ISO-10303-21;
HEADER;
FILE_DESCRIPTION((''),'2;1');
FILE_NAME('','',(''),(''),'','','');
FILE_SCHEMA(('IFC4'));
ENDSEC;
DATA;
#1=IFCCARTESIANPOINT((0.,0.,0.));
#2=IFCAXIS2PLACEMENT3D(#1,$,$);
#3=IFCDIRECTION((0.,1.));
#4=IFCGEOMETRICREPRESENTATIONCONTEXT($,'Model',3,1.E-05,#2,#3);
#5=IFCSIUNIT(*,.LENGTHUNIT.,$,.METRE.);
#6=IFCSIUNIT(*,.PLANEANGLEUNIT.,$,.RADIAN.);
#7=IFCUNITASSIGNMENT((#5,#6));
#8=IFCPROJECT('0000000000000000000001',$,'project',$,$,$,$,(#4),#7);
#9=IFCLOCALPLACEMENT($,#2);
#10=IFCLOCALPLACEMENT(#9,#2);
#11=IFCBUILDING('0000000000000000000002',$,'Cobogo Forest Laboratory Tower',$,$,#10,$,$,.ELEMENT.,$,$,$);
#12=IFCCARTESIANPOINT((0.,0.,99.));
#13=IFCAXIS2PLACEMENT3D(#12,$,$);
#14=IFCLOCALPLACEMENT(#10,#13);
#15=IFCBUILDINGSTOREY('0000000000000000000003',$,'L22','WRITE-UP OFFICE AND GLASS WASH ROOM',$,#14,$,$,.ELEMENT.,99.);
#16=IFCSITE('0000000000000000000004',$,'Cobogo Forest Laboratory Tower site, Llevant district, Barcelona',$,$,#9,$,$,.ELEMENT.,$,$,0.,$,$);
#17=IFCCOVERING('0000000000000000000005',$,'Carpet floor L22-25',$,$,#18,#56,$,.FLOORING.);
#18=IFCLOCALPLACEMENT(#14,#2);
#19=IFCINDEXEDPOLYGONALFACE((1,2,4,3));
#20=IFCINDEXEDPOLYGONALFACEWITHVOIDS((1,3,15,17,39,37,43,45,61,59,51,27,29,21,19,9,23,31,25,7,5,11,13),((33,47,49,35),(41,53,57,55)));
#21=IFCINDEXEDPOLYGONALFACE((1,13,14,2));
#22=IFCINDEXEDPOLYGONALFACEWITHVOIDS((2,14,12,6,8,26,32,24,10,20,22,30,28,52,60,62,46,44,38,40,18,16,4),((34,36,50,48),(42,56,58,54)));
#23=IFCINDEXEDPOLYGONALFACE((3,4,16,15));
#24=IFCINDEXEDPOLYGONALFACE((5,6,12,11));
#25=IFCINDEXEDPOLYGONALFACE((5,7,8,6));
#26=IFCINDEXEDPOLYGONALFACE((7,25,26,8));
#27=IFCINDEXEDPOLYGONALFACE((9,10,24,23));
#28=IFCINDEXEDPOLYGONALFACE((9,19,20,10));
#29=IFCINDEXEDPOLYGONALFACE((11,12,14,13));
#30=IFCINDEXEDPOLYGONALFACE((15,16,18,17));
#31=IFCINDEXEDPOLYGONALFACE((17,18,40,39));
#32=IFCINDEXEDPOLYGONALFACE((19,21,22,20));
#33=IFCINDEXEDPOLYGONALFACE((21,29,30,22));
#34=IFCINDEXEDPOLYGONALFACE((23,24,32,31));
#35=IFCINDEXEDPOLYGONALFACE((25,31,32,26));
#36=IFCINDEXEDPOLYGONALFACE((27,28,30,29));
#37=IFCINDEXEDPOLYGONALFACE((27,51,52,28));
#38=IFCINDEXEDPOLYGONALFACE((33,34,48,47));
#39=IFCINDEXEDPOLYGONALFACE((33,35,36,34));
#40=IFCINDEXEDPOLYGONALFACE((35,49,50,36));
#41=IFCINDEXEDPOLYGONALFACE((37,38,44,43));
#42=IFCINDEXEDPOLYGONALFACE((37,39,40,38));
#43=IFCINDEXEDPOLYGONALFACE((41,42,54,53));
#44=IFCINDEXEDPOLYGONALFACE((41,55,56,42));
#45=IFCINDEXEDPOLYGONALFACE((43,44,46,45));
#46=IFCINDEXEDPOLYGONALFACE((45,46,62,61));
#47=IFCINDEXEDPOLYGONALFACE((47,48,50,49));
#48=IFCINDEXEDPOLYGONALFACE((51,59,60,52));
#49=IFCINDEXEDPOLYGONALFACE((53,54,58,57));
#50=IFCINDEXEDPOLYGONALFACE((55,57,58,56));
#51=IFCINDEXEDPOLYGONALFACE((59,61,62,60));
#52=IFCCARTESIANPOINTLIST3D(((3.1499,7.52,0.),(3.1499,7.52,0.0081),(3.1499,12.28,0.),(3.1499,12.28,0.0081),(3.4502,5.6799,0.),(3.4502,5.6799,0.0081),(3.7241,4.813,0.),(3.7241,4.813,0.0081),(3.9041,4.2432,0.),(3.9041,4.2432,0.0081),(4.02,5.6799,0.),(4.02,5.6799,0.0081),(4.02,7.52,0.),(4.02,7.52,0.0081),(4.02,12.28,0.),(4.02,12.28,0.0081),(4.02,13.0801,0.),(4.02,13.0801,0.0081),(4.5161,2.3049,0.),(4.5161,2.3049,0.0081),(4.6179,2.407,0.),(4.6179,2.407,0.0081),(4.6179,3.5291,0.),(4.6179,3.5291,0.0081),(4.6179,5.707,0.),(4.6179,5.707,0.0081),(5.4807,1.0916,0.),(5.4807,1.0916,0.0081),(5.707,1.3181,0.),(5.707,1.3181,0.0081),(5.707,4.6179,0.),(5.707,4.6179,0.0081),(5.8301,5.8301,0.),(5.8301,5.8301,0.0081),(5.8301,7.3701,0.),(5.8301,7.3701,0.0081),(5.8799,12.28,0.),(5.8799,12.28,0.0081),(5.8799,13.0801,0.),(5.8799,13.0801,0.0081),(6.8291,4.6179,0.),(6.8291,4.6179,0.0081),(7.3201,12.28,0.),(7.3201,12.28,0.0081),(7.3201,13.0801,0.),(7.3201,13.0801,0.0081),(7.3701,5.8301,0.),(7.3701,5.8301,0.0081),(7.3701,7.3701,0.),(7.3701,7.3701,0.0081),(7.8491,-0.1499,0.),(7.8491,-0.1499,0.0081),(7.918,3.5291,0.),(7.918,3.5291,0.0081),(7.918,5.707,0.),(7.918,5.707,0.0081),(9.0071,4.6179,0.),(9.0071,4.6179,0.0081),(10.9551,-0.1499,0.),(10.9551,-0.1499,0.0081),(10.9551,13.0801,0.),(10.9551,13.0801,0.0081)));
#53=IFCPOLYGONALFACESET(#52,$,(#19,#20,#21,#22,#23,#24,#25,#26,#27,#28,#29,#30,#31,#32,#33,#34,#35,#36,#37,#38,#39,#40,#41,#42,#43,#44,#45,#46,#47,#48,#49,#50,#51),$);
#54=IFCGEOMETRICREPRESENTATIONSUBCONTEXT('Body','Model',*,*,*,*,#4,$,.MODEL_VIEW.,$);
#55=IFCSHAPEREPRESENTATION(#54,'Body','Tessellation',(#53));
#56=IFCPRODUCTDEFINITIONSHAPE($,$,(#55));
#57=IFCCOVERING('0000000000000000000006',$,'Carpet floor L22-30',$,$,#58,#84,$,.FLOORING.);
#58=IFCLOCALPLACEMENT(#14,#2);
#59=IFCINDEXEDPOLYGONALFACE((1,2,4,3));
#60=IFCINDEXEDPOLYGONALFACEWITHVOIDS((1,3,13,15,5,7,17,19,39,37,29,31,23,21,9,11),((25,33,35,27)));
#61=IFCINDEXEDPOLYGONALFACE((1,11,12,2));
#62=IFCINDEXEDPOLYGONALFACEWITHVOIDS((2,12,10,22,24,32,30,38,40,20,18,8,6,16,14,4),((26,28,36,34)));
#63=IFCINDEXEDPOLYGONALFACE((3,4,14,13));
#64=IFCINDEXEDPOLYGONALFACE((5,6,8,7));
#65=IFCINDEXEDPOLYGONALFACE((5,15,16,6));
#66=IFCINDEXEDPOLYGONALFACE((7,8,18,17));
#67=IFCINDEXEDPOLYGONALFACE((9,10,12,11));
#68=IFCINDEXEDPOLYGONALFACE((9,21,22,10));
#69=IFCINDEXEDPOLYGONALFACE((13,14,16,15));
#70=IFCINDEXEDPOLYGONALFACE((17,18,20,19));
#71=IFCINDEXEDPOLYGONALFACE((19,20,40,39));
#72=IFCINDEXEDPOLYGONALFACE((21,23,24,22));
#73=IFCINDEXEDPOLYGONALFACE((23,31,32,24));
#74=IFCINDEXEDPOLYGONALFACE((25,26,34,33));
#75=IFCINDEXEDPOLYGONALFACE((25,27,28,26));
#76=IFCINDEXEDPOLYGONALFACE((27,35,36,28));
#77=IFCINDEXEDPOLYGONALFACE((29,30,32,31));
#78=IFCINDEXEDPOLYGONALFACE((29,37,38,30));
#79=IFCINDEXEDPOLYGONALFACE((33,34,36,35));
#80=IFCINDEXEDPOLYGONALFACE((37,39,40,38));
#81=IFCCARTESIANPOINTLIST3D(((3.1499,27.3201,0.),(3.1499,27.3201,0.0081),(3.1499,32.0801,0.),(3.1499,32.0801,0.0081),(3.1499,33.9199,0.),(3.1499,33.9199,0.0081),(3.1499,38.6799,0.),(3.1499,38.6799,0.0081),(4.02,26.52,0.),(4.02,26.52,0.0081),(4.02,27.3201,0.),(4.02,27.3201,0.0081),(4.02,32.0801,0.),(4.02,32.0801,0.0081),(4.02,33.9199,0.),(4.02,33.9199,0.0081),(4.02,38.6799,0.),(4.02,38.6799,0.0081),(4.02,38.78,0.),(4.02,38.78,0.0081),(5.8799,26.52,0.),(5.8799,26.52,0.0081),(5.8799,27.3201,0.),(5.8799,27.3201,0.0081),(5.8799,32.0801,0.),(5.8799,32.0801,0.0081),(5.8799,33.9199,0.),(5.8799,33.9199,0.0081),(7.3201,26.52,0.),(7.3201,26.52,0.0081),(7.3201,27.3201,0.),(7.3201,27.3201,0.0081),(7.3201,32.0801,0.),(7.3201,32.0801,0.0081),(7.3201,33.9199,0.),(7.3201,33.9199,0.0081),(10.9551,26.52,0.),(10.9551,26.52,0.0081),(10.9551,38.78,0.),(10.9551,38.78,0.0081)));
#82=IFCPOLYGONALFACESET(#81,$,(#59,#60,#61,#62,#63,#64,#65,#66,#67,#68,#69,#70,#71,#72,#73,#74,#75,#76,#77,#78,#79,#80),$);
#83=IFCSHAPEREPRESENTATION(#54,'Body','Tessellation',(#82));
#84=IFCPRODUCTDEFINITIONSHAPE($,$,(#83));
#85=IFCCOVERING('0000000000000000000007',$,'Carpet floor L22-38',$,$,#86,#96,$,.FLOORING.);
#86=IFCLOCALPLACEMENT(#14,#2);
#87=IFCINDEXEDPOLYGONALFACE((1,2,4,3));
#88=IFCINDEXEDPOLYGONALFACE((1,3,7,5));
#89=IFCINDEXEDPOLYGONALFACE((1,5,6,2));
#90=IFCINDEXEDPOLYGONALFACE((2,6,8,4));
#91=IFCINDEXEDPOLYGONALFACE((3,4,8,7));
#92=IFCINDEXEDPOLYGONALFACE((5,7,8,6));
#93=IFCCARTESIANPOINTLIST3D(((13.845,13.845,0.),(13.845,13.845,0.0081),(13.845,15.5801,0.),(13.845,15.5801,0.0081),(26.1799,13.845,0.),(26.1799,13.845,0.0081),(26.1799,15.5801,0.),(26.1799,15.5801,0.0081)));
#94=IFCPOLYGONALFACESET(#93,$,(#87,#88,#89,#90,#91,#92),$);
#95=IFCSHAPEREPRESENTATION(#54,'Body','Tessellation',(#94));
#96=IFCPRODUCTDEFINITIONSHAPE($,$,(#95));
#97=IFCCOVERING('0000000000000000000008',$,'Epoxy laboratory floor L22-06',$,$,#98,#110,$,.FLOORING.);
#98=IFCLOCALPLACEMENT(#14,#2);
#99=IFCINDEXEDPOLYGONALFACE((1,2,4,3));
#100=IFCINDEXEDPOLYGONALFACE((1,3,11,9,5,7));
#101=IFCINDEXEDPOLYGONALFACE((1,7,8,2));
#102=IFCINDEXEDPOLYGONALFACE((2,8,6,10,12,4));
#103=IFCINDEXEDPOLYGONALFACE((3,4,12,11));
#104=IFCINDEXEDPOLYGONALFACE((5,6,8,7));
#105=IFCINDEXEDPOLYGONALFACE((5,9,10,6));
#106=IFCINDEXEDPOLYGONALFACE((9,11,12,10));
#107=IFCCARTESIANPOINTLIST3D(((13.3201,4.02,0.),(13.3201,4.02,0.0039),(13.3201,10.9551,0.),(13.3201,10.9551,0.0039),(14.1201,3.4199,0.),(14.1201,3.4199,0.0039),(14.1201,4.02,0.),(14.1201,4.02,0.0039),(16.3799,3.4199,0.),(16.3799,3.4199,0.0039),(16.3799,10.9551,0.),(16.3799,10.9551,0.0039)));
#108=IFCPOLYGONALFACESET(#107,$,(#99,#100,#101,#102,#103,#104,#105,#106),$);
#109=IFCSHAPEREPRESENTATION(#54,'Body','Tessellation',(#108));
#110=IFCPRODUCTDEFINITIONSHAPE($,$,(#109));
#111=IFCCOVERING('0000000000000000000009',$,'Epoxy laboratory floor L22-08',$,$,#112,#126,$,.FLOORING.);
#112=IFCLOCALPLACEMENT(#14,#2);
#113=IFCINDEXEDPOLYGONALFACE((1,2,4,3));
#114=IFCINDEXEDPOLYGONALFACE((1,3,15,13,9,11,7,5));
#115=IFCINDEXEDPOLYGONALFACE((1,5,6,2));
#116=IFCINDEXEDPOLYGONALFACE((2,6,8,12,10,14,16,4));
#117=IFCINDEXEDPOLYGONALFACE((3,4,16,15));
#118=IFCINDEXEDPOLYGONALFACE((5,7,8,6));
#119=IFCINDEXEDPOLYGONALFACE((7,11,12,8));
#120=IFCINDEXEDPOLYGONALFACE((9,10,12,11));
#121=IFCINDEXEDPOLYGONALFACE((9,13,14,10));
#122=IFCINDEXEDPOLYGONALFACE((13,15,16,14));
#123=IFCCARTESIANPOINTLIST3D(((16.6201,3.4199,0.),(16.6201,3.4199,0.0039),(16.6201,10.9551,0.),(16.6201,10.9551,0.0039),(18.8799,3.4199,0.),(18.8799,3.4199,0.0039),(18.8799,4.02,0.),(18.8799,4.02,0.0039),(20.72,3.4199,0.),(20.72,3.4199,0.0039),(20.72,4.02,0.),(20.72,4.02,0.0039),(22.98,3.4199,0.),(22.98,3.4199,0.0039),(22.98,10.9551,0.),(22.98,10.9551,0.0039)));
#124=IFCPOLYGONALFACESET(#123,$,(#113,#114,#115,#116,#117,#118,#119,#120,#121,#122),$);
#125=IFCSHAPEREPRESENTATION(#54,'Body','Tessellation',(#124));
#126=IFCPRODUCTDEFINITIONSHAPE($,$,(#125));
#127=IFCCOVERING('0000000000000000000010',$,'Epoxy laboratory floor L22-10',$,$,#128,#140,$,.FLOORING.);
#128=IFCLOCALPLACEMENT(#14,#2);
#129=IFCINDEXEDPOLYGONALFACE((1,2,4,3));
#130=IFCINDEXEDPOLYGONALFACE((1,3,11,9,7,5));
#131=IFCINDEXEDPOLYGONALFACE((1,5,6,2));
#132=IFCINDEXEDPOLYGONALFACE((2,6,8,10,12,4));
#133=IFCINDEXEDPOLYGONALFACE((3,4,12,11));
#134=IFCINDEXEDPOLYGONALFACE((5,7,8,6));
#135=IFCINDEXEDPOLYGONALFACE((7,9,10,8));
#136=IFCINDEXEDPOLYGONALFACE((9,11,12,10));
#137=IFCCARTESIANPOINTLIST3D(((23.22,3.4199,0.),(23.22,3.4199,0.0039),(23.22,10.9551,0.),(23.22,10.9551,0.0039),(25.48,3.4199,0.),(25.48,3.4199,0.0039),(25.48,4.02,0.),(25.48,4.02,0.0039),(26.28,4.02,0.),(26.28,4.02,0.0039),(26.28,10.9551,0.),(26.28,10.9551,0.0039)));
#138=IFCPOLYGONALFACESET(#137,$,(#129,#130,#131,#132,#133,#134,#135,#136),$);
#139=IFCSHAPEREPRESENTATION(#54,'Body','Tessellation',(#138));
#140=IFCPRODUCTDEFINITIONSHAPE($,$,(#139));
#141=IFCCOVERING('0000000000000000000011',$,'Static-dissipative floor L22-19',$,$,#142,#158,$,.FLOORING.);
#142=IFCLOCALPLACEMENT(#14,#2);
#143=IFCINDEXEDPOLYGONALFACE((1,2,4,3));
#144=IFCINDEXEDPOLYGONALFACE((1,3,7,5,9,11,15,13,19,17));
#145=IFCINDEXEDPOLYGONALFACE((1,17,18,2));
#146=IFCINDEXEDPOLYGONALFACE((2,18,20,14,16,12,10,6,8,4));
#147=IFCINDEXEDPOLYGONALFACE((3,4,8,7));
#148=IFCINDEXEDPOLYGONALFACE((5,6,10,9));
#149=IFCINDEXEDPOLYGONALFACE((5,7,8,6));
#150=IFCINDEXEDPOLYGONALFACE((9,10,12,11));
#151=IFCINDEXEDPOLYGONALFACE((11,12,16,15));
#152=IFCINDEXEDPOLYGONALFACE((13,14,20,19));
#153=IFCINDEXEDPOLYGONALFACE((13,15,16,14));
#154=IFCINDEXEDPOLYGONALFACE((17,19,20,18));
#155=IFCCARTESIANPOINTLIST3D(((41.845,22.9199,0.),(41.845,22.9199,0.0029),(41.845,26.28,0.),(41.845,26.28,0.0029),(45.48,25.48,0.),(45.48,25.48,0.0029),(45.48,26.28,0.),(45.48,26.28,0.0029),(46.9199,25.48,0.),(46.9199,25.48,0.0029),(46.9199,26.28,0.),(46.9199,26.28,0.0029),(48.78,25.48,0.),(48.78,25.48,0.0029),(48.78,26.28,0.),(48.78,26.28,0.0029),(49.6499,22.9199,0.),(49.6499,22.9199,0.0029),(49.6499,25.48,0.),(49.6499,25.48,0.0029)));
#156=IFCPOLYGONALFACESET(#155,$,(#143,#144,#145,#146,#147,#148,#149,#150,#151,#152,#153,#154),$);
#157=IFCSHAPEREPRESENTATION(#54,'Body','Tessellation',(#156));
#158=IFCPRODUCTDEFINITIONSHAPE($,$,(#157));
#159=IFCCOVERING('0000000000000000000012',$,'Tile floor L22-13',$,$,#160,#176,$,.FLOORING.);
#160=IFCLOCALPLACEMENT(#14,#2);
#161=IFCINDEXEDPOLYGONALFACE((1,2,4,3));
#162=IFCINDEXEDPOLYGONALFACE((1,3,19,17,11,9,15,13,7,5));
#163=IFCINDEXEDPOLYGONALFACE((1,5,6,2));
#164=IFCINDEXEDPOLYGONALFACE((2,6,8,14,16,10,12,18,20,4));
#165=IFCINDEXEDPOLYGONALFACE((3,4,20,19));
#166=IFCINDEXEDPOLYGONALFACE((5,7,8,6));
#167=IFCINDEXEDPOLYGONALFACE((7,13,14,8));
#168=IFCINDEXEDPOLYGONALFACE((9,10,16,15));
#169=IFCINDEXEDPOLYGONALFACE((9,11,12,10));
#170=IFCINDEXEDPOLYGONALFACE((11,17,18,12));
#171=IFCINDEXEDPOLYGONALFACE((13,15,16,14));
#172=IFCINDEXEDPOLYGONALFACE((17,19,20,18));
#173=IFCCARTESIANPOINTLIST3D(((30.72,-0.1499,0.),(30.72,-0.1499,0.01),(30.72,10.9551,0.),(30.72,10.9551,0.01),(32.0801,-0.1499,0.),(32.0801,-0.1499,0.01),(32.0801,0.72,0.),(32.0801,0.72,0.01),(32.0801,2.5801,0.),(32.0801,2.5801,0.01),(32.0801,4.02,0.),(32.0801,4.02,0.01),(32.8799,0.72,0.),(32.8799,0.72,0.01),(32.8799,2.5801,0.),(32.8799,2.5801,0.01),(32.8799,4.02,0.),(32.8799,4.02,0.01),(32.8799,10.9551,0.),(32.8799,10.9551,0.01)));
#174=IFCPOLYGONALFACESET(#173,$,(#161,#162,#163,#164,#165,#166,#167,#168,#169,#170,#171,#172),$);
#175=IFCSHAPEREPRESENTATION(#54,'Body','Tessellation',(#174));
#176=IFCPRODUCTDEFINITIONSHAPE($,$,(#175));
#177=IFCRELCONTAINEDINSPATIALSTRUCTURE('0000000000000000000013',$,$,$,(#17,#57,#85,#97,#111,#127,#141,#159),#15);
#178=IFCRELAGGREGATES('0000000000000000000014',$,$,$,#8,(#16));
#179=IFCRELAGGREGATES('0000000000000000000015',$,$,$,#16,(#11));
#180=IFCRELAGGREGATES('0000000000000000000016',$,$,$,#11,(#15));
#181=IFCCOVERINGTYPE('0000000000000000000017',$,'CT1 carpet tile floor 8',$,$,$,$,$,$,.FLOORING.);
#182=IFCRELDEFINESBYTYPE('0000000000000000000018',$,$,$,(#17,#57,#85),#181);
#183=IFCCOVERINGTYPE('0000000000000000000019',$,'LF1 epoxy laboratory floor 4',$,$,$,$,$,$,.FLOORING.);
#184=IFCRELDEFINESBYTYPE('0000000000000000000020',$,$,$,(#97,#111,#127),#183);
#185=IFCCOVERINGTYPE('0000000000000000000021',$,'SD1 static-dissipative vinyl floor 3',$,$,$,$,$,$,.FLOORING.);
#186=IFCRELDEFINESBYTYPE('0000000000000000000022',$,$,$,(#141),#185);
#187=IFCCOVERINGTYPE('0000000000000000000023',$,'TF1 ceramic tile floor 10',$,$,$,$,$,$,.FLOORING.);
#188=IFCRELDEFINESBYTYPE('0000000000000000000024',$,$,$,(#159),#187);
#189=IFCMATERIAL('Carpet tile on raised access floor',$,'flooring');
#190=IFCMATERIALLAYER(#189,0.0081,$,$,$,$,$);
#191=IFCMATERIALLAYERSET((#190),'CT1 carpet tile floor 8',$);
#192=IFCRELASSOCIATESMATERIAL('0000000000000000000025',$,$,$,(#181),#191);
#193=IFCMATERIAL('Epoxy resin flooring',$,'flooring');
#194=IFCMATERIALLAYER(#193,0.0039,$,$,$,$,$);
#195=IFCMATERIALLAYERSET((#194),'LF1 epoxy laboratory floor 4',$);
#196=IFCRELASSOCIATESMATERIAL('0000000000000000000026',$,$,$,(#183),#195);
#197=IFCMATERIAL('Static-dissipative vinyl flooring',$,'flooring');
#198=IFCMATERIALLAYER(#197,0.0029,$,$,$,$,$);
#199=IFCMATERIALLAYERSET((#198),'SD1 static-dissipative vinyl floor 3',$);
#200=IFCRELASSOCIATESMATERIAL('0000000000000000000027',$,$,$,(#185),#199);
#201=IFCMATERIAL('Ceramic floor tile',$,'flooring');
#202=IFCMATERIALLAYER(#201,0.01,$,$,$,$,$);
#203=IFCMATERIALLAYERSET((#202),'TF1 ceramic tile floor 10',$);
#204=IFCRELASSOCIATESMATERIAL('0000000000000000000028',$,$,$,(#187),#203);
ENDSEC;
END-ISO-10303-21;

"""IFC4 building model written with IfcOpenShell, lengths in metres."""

from ifc_helpers import new_model, si_unit, direction, frame, origin, place, context, subcontext, project, spatial, polyline, outline, extrude, material, layer, layer_set, type_object, element, save


model = new_model("IFC4")

# Units and contexts
model_context = context("Model", 3, precision=1e-05, world=origin(), true_north=direction((0.0, 1.0)))
body_context = subcontext(model_context, "Body", "Model", "MODEL_VIEW")
ifc_project = project(units=[si_unit("LENGTHUNIT", "METRE"), si_unit("PLANEANGLEUNIT", "RADIAN")], contexts=[model_context])

# Site, building, storey
site_placement = place(None, origin())
site = spatial("IfcSite", under=ifc_project, at=site_placement, Name="Cobogo Forest Laboratory Tower site, Llevant district, Barcelona", CompositionType="ELEMENT", RefElevation=0.0)
building_placement = place(site_placement, origin())
building = spatial("IfcBuilding", under=site, at=building_placement, Name="Cobogo Forest Laboratory Tower", CompositionType="ELEMENT")
storey_placement = place(building_placement, frame((0.0, 0.0, 99.0)))
storey = spatial("IfcBuildingStorey", under=building, at=storey_placement, Name="L22", Description="WRITE-UP OFFICE AND GLASS WASH ROOM", CompositionType="ELEMENT", Elevation=99.0)

# Coverings
ifc_material_1 = material(Name="Carpet tile on raised access floor", Category="flooring")
ifc_layer_1 = layer(ifc_material_1, 0.0081)
ifc_layer_set_1 = layer_set([ifc_layer_1], Name="CT1 carpet tile floor 8")
covering_type_1 = type_object("IfcCoveringType", Name="CT1 carpet tile floor 8", PredefinedType="FLOORING", material=ifc_layer_set_1)
covering_1_placement = place(storey_placement, origin())
element("IfcCovering", 1, at=covering_1_placement, inside=storey, type_object=covering_type_1, Name="Carpet floor L22-25", PredefinedType="FLOORING", context=body_context, shape_type="SweptSolid", body=[
    extrude(outline(polyline([(3.9041, 4.2432), (4.6179, 3.5291), (5.707, 4.6179), (4.6179, 5.707), (3.7241, 4.813), (3.4502, 5.6799), (4.02, 5.6799), (4.02, 7.52), (3.1499, 7.52), (3.1499, 12.28), (4.02, 12.28), (4.02, 13.0801), (5.8799, 13.0801), (5.8799, 12.28), (7.3201, 12.28), (7.3201, 13.0801), (10.9551, 13.0801), (10.9551, -0.1499), (7.8491, -0.1499), (5.4807, 1.0916), (5.707, 1.3181), (4.6179, 2.407), (4.5161, 2.3049), (3.9041, 4.2432)]), holes=[polyline([(6.8291, 4.6179), (7.918, 3.5291), (9.0071, 4.6179), (7.918, 5.707), (6.8291, 4.6179)]), polyline([(5.8301, 7.3701), (5.8301, 5.8301), (7.3701, 5.8301), (7.3701, 7.3701), (5.8301, 7.3701)])]), origin(), (0.0, 0.0, 1.0), 0.0081),
])
covering_2_placement = place(storey_placement, origin())
element("IfcCovering", 2, at=covering_2_placement, inside=storey, type_object=covering_type_1, Name="Carpet floor L22-30", PredefinedType="FLOORING", context=body_context, shape_type="SweptSolid", body=[
    extrude(outline(polyline([(4.02, 38.78), (10.9551, 38.78), (10.9551, 26.52), (7.3201, 26.52), (7.3201, 27.3201), (5.8799, 27.3201), (5.8799, 26.52), (4.02, 26.52), (4.02, 27.3201), (3.1499, 27.3201), (3.1499, 32.0801), (4.02, 32.0801), (4.02, 33.9199), (3.1499, 33.9199), (3.1499, 38.6799), (4.02, 38.6799), (4.02, 38.78)]), holes=[polyline([(5.8799, 32.0801), (7.3201, 32.0801), (7.3201, 33.9199), (5.8799, 33.9199), (5.8799, 32.0801)])]), origin(), (0.0, 0.0, 1.0), 0.0081),
])
covering_3_placement = place(storey_placement, origin())
element("IfcCovering", 3, at=covering_3_placement, inside=storey, type_object=covering_type_1, Name="Carpet floor L22-38", PredefinedType="FLOORING", context=body_context, shape_type="SweptSolid", body=[
    extrude(outline(polyline([(26.1799, 13.845), (13.845, 13.845), (13.845, 15.5801), (26.1799, 15.5801), (26.1799, 13.845)])), origin(), (0.0, 0.0, 1.0), 0.0081),
])
ifc_material_2 = material(Name="Epoxy resin flooring", Category="flooring")
ifc_layer_2 = layer(ifc_material_2, 0.0039)
ifc_layer_set_2 = layer_set([ifc_layer_2], Name="LF1 epoxy laboratory floor 4")
covering_type_2 = type_object("IfcCoveringType", Name="LF1 epoxy laboratory floor 4", PredefinedType="FLOORING", material=ifc_layer_set_2)
covering_4_placement = place(storey_placement, origin())
element("IfcCovering", 4, at=covering_4_placement, inside=storey, type_object=covering_type_2, Name="Epoxy laboratory floor L22-06", PredefinedType="FLOORING", context=body_context, shape_type="SweptSolid", body=[
    extrude(outline(polyline([(13.3201, 10.9551), (16.3799, 10.9551), (16.3799, 3.4199), (14.1201, 3.4199), (14.1201, 4.02), (13.3201, 4.02), (13.3201, 10.9551)])), origin(), (0.0, 0.0, 1.0), 0.0039),
])
covering_5_placement = place(storey_placement, origin())
element("IfcCovering", 5, at=covering_5_placement, inside=storey, type_object=covering_type_2, Name="Epoxy laboratory floor L22-08", PredefinedType="FLOORING", context=body_context, shape_type="SweptSolid", body=[
    extrude(outline(polyline([(16.6201, 10.9551), (22.98, 10.9551), (22.98, 3.4199), (20.72, 3.4199), (20.72, 4.02), (18.8799, 4.02), (18.8799, 3.4199), (16.6201, 3.4199), (16.6201, 10.9551)])), origin(), (0.0, 0.0, 1.0), 0.0039),
])
covering_6_placement = place(storey_placement, origin())
element("IfcCovering", 6, at=covering_6_placement, inside=storey, type_object=covering_type_2, Name="Epoxy laboratory floor L22-10", PredefinedType="FLOORING", context=body_context, shape_type="SweptSolid", body=[
    extrude(outline(polyline([(23.22, 10.9551), (26.28, 10.9551), (26.28, 4.02), (25.48, 4.02), (25.48, 3.4199), (23.22, 3.4199), (23.22, 10.9551)])), origin(), (0.0, 0.0, 1.0), 0.0039),
])
ifc_material_3 = material(Name="Static-dissipative vinyl flooring", Category="flooring")
ifc_layer_3 = layer(ifc_material_3, 0.0029)
ifc_layer_set_3 = layer_set([ifc_layer_3], Name="SD1 static-dissipative vinyl floor 3")
covering_type_3 = type_object("IfcCoveringType", Name="SD1 static-dissipative vinyl floor 3", PredefinedType="FLOORING", material=ifc_layer_set_3)
covering_7_placement = place(storey_placement, origin())
element("IfcCovering", 7, at=covering_7_placement, inside=storey, type_object=covering_type_3, Name="Static-dissipative floor L22-19", PredefinedType="FLOORING", context=body_context, shape_type="SweptSolid", body=[
    extrude(outline(polyline([(41.845, 26.28), (45.48, 26.28), (45.48, 25.48), (46.9199, 25.48), (46.9199, 26.28), (48.78, 26.28), (48.78, 25.48), (49.6499, 25.48), (49.6499, 22.9199), (41.845, 22.9199), (41.845, 26.28)])), origin(), (0.0, 0.0, 1.0), 0.0029),
])
ifc_material_4 = material(Name="Ceramic floor tile", Category="flooring")
ifc_layer_4 = layer(ifc_material_4, 0.01)
ifc_layer_set_4 = layer_set([ifc_layer_4], Name="TF1 ceramic tile floor 10")
covering_type_4 = type_object("IfcCoveringType", Name="TF1 ceramic tile floor 10", PredefinedType="FLOORING", material=ifc_layer_set_4)
covering_8_placement = place(storey_placement, origin())
element("IfcCovering", 8, at=covering_8_placement, inside=storey, type_object=covering_type_4, Name="Tile floor L22-13", PredefinedType="FLOORING", context=body_context, shape_type="SweptSolid", body=[
    extrude(outline(polyline([(32.8799, 10.9551), (32.8799, 4.02), (32.0801, 4.02), (32.0801, 2.5801), (32.8799, 2.5801), (32.8799, 0.72), (32.0801, 0.72), (32.0801, -0.1499), (30.72, -0.1499), (30.72, 10.9551), (32.8799, 10.9551)])), origin(), (0.0, 0.0, 1.0), 0.01),
])

save(model, "model.ifc")
